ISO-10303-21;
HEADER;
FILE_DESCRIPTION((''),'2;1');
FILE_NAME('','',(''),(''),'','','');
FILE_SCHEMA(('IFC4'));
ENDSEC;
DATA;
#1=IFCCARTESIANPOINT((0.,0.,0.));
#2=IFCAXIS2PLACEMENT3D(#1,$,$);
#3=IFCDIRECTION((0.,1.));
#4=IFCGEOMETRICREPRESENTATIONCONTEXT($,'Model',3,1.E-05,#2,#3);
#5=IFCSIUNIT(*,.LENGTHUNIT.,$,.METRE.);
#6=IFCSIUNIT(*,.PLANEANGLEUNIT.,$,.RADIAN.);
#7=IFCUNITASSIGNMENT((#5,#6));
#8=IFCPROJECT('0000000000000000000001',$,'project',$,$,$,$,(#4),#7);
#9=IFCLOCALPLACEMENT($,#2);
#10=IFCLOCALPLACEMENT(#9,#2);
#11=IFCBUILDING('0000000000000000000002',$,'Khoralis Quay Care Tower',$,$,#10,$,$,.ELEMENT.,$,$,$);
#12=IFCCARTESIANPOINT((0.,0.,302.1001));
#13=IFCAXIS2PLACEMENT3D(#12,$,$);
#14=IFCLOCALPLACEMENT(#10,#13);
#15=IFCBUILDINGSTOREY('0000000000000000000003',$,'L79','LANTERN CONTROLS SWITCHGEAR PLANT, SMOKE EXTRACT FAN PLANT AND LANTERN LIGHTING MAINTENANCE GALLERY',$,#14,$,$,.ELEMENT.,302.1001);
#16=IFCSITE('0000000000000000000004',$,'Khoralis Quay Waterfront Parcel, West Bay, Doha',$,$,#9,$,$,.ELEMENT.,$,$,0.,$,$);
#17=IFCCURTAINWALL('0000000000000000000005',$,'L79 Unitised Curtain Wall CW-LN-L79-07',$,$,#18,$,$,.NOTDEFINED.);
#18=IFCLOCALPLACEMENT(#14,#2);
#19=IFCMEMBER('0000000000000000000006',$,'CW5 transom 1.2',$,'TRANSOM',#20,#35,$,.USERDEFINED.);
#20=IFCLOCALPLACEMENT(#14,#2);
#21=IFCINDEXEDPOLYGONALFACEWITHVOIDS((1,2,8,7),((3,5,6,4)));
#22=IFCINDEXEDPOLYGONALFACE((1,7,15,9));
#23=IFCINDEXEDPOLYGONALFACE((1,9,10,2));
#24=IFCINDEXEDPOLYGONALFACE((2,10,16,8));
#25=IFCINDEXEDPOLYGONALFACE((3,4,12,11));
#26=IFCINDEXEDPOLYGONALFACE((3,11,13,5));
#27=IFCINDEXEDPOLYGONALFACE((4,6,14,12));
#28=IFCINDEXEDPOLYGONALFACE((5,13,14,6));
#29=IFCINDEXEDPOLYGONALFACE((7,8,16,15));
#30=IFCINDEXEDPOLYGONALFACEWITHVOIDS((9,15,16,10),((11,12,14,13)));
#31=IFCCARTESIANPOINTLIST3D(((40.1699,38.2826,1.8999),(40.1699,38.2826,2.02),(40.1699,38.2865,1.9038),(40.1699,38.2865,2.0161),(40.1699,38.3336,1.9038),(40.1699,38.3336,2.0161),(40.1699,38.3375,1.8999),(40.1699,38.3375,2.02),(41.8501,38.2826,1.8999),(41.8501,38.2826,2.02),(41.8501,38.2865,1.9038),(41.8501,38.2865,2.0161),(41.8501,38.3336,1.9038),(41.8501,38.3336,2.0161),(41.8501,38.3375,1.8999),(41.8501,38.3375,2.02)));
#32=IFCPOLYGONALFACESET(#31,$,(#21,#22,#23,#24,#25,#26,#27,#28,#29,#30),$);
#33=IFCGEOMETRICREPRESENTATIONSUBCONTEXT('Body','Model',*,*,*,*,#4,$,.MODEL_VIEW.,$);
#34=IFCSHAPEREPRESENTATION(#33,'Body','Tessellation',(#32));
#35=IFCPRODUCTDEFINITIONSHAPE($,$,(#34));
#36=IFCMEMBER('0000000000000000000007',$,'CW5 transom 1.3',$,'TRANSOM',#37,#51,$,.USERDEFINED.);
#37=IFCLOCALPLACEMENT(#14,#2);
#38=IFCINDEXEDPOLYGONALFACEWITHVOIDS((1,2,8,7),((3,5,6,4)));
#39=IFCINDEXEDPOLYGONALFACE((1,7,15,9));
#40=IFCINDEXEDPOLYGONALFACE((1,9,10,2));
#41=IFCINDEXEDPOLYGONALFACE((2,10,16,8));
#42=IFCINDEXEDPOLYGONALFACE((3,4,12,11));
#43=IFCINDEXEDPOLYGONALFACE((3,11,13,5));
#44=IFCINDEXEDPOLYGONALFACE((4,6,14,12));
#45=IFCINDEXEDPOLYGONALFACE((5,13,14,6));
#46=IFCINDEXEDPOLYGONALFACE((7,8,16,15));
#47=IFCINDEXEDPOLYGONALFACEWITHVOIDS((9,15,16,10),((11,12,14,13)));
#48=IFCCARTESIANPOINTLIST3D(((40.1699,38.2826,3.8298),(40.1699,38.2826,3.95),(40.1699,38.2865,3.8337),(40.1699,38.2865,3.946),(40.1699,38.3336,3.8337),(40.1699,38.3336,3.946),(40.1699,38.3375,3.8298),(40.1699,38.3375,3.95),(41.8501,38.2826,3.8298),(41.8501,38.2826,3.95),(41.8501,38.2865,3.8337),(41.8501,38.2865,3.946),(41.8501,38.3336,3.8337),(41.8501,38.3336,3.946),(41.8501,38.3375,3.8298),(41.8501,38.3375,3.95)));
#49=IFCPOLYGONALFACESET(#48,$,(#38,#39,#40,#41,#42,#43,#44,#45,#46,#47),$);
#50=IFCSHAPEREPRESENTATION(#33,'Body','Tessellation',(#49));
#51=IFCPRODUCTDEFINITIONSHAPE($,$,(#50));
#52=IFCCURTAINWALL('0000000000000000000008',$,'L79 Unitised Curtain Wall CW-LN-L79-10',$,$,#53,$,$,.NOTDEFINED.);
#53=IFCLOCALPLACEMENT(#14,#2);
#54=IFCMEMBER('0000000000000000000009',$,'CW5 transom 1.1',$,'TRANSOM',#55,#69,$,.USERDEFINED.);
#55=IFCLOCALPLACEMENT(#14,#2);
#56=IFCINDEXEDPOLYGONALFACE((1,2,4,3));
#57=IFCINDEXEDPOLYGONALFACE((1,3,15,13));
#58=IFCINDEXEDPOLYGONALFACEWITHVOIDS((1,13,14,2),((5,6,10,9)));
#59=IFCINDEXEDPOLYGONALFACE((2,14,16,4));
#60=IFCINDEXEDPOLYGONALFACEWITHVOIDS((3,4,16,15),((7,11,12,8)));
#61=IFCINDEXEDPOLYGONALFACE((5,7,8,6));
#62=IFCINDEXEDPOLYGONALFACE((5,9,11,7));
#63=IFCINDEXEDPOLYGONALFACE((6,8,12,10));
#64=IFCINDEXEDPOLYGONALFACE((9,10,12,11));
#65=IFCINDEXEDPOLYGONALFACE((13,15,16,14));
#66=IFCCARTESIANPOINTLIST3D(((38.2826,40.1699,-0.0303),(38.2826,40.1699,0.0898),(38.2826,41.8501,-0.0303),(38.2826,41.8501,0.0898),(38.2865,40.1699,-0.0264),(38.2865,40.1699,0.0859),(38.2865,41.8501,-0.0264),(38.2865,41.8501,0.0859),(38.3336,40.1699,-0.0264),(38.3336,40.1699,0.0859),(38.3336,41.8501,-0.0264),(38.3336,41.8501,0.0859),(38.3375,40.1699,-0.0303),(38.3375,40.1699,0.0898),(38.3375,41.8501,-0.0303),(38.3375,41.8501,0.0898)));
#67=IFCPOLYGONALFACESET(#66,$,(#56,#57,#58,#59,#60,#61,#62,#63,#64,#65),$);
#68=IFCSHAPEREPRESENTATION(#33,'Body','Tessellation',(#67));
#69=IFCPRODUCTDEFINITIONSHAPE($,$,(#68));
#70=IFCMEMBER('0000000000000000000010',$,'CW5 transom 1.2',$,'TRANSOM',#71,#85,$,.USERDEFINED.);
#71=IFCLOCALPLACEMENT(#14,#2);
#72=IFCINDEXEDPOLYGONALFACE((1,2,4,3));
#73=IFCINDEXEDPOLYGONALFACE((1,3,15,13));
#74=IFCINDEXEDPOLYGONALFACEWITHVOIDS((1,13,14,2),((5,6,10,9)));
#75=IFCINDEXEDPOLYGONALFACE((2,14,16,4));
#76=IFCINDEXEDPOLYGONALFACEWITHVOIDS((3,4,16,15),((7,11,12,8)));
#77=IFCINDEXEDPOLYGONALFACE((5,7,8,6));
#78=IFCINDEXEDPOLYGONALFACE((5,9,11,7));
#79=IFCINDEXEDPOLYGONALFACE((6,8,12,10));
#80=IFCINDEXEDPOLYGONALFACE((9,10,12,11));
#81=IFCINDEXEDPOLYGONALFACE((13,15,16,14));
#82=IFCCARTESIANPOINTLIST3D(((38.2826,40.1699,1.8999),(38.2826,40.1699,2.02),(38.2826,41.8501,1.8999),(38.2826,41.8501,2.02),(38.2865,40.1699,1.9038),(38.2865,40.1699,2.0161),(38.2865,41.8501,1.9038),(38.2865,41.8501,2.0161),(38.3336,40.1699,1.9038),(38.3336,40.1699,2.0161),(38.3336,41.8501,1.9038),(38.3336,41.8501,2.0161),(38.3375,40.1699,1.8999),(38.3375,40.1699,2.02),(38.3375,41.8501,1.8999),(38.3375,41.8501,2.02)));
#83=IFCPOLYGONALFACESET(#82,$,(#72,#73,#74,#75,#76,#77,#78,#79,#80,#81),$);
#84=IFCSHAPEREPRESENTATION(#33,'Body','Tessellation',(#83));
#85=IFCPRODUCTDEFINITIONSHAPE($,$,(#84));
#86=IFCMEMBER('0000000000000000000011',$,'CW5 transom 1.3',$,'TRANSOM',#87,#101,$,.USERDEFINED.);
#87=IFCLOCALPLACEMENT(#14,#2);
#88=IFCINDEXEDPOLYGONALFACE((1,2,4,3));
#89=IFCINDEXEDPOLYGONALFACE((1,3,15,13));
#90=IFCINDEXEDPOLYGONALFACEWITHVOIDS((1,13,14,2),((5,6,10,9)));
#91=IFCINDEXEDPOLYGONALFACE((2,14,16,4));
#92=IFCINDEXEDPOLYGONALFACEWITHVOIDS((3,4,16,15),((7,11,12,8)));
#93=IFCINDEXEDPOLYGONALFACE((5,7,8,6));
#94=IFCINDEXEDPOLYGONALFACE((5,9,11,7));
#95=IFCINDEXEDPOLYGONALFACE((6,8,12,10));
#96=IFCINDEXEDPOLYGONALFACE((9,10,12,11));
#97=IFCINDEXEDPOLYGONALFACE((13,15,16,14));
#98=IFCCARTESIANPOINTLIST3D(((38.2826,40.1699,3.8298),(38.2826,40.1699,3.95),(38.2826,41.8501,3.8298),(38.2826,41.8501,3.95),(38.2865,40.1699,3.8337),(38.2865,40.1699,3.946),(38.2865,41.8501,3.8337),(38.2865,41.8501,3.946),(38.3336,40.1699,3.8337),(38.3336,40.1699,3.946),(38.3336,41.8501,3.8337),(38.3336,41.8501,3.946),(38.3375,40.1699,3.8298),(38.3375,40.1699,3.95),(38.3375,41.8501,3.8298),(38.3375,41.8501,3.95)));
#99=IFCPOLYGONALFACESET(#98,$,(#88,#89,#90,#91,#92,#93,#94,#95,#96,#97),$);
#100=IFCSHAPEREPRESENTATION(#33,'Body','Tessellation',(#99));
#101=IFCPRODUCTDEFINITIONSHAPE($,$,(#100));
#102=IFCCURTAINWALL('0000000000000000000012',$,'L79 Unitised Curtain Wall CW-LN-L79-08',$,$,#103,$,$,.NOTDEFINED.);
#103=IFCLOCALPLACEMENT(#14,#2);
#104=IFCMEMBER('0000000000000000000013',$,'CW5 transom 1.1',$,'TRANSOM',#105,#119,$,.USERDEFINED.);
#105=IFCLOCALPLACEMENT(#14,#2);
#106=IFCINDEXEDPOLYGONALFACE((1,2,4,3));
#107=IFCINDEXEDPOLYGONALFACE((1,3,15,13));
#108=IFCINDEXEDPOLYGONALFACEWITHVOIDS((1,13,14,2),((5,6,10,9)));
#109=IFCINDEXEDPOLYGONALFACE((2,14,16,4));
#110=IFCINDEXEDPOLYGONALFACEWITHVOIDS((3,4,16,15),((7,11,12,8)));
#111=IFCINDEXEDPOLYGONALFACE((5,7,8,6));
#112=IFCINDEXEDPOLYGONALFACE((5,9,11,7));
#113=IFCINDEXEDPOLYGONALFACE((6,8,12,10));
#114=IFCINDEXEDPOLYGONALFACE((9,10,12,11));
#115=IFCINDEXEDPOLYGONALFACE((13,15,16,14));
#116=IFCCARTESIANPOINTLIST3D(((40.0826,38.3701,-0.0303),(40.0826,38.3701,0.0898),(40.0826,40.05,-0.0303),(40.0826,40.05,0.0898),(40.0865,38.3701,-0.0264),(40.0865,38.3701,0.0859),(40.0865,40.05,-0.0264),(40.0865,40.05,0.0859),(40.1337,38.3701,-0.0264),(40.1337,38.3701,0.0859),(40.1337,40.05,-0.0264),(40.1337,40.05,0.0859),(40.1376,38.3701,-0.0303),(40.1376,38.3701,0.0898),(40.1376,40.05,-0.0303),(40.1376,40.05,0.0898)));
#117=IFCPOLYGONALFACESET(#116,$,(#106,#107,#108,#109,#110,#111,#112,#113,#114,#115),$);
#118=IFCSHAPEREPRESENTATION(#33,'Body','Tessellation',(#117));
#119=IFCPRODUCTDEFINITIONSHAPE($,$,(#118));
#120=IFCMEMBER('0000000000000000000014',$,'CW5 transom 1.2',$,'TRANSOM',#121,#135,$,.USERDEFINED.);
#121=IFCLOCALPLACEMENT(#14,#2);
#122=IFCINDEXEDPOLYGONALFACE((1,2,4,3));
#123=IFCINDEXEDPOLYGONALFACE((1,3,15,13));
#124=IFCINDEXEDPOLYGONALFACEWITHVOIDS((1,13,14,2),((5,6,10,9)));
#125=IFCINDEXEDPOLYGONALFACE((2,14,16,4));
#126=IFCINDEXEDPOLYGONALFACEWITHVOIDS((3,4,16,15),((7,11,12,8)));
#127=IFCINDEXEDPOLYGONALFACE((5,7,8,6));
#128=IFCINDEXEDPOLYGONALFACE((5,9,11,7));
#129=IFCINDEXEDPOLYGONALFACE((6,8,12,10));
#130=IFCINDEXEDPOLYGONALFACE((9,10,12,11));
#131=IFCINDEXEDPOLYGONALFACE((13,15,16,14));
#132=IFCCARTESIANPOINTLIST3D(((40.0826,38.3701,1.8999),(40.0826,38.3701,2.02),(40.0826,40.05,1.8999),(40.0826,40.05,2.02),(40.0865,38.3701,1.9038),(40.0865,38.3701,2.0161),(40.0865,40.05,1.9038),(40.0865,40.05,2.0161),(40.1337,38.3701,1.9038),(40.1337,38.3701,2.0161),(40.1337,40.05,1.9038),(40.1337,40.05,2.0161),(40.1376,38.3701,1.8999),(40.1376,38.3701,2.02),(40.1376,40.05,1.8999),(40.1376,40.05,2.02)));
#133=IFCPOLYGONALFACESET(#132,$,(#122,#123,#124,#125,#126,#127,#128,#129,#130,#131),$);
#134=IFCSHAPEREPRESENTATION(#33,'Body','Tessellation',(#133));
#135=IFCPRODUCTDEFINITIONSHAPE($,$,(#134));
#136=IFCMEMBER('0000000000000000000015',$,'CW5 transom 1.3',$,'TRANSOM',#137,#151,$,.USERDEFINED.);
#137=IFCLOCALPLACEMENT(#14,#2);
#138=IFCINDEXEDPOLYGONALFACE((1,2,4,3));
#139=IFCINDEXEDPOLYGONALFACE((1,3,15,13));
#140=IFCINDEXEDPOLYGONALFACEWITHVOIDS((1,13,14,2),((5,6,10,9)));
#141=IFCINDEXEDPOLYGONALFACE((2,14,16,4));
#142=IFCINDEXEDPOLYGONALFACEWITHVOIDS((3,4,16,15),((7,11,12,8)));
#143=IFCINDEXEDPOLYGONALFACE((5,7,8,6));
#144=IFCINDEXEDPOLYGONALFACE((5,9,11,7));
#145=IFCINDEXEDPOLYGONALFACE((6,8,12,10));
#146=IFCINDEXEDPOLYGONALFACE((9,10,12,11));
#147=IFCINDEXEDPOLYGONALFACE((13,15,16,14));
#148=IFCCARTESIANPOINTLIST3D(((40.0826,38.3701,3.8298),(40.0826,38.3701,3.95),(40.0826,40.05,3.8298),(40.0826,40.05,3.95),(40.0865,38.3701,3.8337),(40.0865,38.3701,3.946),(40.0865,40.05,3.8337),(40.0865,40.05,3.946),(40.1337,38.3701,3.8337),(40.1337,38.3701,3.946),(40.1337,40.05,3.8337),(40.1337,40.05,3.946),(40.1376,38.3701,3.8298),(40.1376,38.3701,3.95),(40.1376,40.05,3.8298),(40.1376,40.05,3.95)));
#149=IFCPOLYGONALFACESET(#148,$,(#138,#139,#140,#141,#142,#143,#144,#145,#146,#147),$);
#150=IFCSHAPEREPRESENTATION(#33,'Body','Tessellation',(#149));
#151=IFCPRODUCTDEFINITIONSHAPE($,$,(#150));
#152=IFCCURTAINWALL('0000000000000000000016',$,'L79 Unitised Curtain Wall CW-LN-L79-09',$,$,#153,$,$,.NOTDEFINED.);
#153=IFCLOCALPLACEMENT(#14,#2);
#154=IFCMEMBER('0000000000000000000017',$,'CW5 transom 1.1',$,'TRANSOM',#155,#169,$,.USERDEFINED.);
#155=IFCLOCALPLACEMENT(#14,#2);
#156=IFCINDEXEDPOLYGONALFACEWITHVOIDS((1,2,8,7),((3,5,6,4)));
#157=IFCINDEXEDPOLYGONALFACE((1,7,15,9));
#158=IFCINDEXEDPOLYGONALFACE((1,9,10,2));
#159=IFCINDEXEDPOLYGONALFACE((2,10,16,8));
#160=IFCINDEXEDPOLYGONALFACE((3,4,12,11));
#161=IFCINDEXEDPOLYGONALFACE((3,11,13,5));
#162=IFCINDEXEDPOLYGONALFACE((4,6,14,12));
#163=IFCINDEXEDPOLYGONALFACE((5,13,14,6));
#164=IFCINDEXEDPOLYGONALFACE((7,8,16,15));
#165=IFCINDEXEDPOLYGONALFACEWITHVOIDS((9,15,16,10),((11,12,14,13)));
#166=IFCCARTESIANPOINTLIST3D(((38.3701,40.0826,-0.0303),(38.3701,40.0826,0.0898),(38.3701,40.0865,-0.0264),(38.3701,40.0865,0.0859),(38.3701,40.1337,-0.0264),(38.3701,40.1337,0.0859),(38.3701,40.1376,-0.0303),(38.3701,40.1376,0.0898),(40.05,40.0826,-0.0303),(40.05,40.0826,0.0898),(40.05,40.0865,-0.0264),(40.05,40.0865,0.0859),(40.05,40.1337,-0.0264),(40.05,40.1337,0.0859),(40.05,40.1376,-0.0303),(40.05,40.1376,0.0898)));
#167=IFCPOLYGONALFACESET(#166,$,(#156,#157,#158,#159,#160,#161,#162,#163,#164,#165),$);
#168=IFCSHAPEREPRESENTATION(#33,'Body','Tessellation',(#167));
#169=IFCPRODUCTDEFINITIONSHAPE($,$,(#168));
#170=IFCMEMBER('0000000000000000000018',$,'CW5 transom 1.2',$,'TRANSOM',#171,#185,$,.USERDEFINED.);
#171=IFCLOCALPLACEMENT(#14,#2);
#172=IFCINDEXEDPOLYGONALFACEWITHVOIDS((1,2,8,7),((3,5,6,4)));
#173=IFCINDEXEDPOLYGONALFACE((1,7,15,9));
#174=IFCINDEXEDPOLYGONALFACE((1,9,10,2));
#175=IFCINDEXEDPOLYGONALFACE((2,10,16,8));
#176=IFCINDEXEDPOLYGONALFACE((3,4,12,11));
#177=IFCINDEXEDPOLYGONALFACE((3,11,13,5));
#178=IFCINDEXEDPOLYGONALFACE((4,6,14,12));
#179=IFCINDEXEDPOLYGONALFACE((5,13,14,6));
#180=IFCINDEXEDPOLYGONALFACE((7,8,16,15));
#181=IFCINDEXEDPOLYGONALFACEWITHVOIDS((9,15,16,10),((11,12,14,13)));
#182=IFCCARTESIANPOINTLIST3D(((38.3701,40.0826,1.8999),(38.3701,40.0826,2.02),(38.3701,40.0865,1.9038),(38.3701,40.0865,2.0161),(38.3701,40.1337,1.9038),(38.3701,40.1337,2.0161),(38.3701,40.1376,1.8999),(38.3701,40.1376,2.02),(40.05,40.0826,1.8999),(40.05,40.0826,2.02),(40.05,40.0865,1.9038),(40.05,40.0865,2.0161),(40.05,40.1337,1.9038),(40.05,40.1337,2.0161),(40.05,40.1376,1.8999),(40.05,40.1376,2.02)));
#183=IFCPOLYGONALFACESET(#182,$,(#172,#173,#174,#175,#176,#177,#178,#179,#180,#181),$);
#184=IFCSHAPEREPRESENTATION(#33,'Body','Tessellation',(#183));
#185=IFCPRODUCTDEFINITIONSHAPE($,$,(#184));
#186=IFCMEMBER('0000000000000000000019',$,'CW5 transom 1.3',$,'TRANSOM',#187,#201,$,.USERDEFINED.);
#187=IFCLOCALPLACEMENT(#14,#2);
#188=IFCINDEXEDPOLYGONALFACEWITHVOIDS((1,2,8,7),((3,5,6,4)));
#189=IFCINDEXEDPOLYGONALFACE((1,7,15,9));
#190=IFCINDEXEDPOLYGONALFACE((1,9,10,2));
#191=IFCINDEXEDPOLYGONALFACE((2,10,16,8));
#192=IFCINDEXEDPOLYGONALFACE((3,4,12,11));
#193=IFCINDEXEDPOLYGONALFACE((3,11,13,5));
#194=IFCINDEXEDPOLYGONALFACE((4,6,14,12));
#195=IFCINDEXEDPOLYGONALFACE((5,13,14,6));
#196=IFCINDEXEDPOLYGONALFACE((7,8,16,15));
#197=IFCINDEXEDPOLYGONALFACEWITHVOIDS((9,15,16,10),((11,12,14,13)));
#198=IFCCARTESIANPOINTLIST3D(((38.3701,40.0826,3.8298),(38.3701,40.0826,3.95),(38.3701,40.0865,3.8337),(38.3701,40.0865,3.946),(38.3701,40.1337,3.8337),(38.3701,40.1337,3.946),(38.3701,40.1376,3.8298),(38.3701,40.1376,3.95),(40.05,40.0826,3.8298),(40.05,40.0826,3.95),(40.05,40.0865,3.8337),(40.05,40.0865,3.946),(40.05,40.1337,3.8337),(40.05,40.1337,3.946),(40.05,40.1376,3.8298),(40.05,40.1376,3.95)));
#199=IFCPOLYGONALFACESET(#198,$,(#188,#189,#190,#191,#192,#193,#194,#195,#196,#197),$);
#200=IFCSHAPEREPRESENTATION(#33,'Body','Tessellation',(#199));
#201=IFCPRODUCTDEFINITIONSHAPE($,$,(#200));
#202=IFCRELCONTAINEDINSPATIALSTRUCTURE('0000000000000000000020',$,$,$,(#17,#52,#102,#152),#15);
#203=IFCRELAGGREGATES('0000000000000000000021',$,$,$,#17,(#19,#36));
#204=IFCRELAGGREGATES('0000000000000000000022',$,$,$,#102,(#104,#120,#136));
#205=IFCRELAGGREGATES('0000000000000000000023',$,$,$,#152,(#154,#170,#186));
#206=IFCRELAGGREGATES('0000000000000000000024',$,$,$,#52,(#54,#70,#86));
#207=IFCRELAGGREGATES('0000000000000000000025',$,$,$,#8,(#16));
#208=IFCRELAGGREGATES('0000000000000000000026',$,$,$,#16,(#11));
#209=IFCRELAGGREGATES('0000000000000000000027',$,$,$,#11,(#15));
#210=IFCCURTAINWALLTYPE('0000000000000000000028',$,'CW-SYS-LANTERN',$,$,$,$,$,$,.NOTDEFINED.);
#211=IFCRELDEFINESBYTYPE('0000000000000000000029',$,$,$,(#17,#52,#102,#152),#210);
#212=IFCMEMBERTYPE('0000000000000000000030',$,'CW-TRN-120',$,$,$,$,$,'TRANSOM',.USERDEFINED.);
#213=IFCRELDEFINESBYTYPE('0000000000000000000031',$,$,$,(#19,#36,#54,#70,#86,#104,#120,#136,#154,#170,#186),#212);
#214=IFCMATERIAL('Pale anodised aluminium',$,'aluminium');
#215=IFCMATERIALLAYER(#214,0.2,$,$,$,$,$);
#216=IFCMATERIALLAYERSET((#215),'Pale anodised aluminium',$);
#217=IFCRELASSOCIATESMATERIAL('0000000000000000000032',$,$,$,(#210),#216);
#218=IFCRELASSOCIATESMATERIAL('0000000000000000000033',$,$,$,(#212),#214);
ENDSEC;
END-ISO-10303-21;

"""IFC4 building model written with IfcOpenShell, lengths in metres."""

from ifc_helpers import new_model, si_unit, direction, frame, origin, origin_2d, place, context, subcontext, project, spatial, hollow_rectangle, extrude, source, transform, mapped, material, layer, layer_set, material_profile, profile_set, type_object, element, aggregate, save


model = new_model("IFC4")

# Units and contexts
model_context = context("Model", 3, precision=1e-05, world=origin(), true_north=direction((0.0, 1.0)))
body_context = subcontext(model_context, "Body", "Model", "MODEL_VIEW")
ifc_project = project(units=[si_unit("LENGTHUNIT", "METRE"), si_unit("PLANEANGLEUNIT", "RADIAN")], contexts=[model_context])

# Site, building, storey
site_placement = place(None, origin())
site = spatial("IfcSite", under=ifc_project, at=site_placement, Name="Khoralis Quay Waterfront Parcel, West Bay, Doha", CompositionType="ELEMENT", RefElevation=0.0)
building_placement = place(site_placement, origin())
building = spatial("IfcBuilding", under=site, at=building_placement, Name="Khoralis Quay Care Tower", CompositionType="ELEMENT")
storey_placement = place(building_placement, frame((0.0, 0.0, 302.1001)))
storey = spatial("IfcBuildingStorey", under=building, at=storey_placement, Name="L79", Description="LANTERN CONTROLS SWITCHGEAR PLANT, SMOKE EXTRACT FAN PLANT AND LANTERN LIGHTING MAINTENANCE GALLERY", CompositionType="ELEMENT", Elevation=302.1001)

# Curtain walls, members
ifc_material_1 = material(Name="Pale anodised aluminium", Category="aluminium")
ifc_layer_1 = layer(ifc_material_1, 0.2)
ifc_layer_set_1 = layer_set([ifc_layer_1], Name="Pale anodised aluminium")
curtain_wall_type = type_object("IfcCurtainWallType", Name="CW-SYS-LANTERN", PredefinedType="NOTDEFINED", material=ifc_layer_set_1)
curtain_wall_1_placement = place(storey_placement, origin())
curtain_wall_1 = element("IfcCurtainWall", 1, at=curtain_wall_1_placement, inside=storey, type_object=curtain_wall_type, Name="L79 Unitised Curtain Wall CW-LN-L79-07", PredefinedType="NOTDEFINED")
ifc_material_profile_1 = material_profile(ifc_material_1, hollow_rectangle(XDim=0.0549, YDim=0.1201, WallThickness=0.0039, at=origin_2d()), Name="Pale anodised aluminium")
ifc_profile_set_1 = profile_set([ifc_material_profile_1], Name="Pale anodised aluminium")
member_type_1 = type_object("IfcMemberType", Name="CW-TRN-120", ElementType="TRANSOM", PredefinedType="USERDEFINED", material=ifc_profile_set_1)
shared_shape_1 = source(origin(), body_context, "Body", "SweptSolid", [
    extrude(hollow_rectangle(XDim=0.0549, YDim=0.1201, WallThickness=0.0039, at=origin_2d()), origin(), (0.0, 0.0, 1.0), 1.6802),
])
member_1_placement = place(storey_placement, frame((41.8501, 38.3101, 1.96), z_axis=(-1.0, 0.0, 0.0), x_axis=(0.0, -1.0, 0.0)))
member_1 = element("IfcMember", 2, at=member_1_placement, type_object=member_type_1, Name="CW5 transom 1.2", ObjectType="TRANSOM", PredefinedType="USERDEFINED", context=body_context, shape_type="MappedRepresentation", body=[
    mapped(shared_shape_1, transform((0.0, 0.0, 0.0), scale=1.0)),
])
member_2_placement = place(storey_placement, frame((41.8501, 38.3101, 3.8899), z_axis=(-1.0, 0.0, 0.0), x_axis=(0.0, -1.0, 0.0)))
member_2 = element("IfcMember", 3, at=member_2_placement, type_object=member_type_1, Name="CW5 transom 1.3", ObjectType="TRANSOM", PredefinedType="USERDEFINED", context=body_context, shape_type="MappedRepresentation", body=[
    mapped(shared_shape_1, transform((0.0, 0.0, 0.0), scale=1.0)),
])
curtain_wall_2_placement = place(storey_placement, origin())
curtain_wall_2 = element("IfcCurtainWall", 4, at=curtain_wall_2_placement, inside=storey, type_object=curtain_wall_type, Name="L79 Unitised Curtain Wall CW-LN-L79-10", PredefinedType="NOTDEFINED")
member_3_placement = place(storey_placement, frame((38.3101, 40.1699, 0.0298), z_axis=(0.0, 1.0, 0.0), x_axis=(-1.0, 0.0, 0.0)))
member_3 = element("IfcMember", 5, at=member_3_placement, type_object=member_type_1, Name="CW5 transom 1.1", ObjectType="TRANSOM", PredefinedType="USERDEFINED", context=body_context, shape_type="MappedRepresentation", body=[
    mapped(shared_shape_1, transform((0.0, 0.0, 0.0), scale=1.0)),
])
member_4_placement = place(storey_placement, frame((38.3101, 40.1699, 1.96), z_axis=(0.0, 1.0, 0.0), x_axis=(-1.0, 0.0, 0.0)))
member_4 = element("IfcMember", 6, at=member_4_placement, type_object=member_type_1, Name="CW5 transom 1.2", ObjectType="TRANSOM", PredefinedType="USERDEFINED", context=body_context, shape_type="MappedRepresentation", body=[
    mapped(shared_shape_1, transform((0.0, 0.0, 0.0), scale=1.0)),
])
member_5_placement = place(storey_placement, frame((38.3101, 40.1699, 3.8899), z_axis=(0.0, 1.0, 0.0), x_axis=(-1.0, 0.0, 0.0)))
member_5 = element("IfcMember", 7, at=member_5_placement, type_object=member_type_1, Name="CW5 transom 1.3", ObjectType="TRANSOM", PredefinedType="USERDEFINED", context=body_context, shape_type="MappedRepresentation", body=[
    mapped(shared_shape_1, transform((0.0, 0.0, 0.0), scale=1.0)),
])
curtain_wall_3_placement = place(storey_placement, origin())
curtain_wall_3 = element("IfcCurtainWall", 8, at=curtain_wall_3_placement, inside=storey, type_object=curtain_wall_type, Name="L79 Unitised Curtain Wall CW-LN-L79-08", PredefinedType="NOTDEFINED")
shared_shape_2 = source(origin(), body_context, "Body", "SweptSolid", [
    extrude(hollow_rectangle(XDim=0.0549, YDim=0.1201, WallThickness=0.0039, at=origin_2d()), origin(), (0.0, 0.0, 1.0), 1.6799),
])
member_6_placement = place(storey_placement, frame((40.1101, 38.3701, 0.0298), z_axis=(0.0, 1.0, 0.0), x_axis=(-1.0, 0.0, 0.0)))
member_6 = element("IfcMember", 9, at=member_6_placement, type_object=member_type_1, Name="CW5 transom 1.1", ObjectType="TRANSOM", PredefinedType="USERDEFINED", context=body_context, shape_type="MappedRepresentation", body=[
    mapped(shared_shape_2, transform((0.0, 0.0, 0.0), scale=1.0)),
])
member_7_placement = place(storey_placement, frame((40.1101, 38.3701, 1.96), z_axis=(0.0, 1.0, 0.0), x_axis=(-1.0, 0.0, 0.0)))
member_7 = element("IfcMember", 10, at=member_7_placement, type_object=member_type_1, Name="CW5 transom 1.2", ObjectType="TRANSOM", PredefinedType="USERDEFINED", context=body_context, shape_type="MappedRepresentation", body=[
    mapped(shared_shape_2, transform((0.0, 0.0, 0.0), scale=1.0)),
])
member_8_placement = place(storey_placement, frame((40.1101, 38.3701, 3.8899), z_axis=(0.0, 1.0, 0.0), x_axis=(-1.0, 0.0, 0.0)))
member_8 = element("IfcMember", 11, at=member_8_placement, type_object=member_type_1, Name="CW5 transom 1.3", ObjectType="TRANSOM", PredefinedType="USERDEFINED", context=body_context, shape_type="MappedRepresentation", body=[
    mapped(shared_shape_2, transform((0.0, 0.0, 0.0), scale=1.0)),
])
curtain_wall_4_placement = place(storey_placement, origin())
curtain_wall_4 = element("IfcCurtainWall", 12, at=curtain_wall_4_placement, inside=storey, type_object=curtain_wall_type, Name="L79 Unitised Curtain Wall CW-LN-L79-09", PredefinedType="NOTDEFINED")
member_9_placement = place(storey_placement, frame((40.05, 40.1101, 0.0298), z_axis=(-1.0, 0.0, 0.0), x_axis=(0.0, -1.0, 0.0)))
member_9 = element("IfcMember", 13, at=member_9_placement, type_object=member_type_1, Name="CW5 transom 1.1", ObjectType="TRANSOM", PredefinedType="USERDEFINED", context=body_context, shape_type="MappedRepresentation", body=[
    mapped(shared_shape_2, transform((0.0, 0.0, 0.0), scale=1.0)),
])
member_10_placement = place(storey_placement, frame((40.05, 40.1101, 1.96), z_axis=(-1.0, 0.0, 0.0), x_axis=(0.0, -1.0, 0.0)))
member_10 = element("IfcMember", 14, at=member_10_placement, type_object=member_type_1, Name="CW5 transom 1.2", ObjectType="TRANSOM", PredefinedType="USERDEFINED", context=body_context, shape_type="MappedRepresentation", body=[
    mapped(shared_shape_2, transform((0.0, 0.0, 0.0), scale=1.0)),
])
member_11_placement = place(storey_placement, frame((40.05, 40.1101, 3.8899), z_axis=(-1.0, 0.0, 0.0), x_axis=(0.0, -1.0, 0.0)))
member_11 = element("IfcMember", 15, at=member_11_placement, type_object=member_type_1, Name="CW5 transom 1.3", ObjectType="TRANSOM", PredefinedType="USERDEFINED", context=body_context, shape_type="MappedRepresentation", body=[
    mapped(shared_shape_2, transform((0.0, 0.0, 0.0), scale=1.0)),
])

aggregate(curtain_wall_1, [member_1, member_2])

aggregate(curtain_wall_3, [member_6, member_7, member_8])
aggregate(curtain_wall_4, [member_9, member_10, member_11])
aggregate(curtain_wall_2, [member_3, member_4, member_5])

save(model, "model.ifc")
